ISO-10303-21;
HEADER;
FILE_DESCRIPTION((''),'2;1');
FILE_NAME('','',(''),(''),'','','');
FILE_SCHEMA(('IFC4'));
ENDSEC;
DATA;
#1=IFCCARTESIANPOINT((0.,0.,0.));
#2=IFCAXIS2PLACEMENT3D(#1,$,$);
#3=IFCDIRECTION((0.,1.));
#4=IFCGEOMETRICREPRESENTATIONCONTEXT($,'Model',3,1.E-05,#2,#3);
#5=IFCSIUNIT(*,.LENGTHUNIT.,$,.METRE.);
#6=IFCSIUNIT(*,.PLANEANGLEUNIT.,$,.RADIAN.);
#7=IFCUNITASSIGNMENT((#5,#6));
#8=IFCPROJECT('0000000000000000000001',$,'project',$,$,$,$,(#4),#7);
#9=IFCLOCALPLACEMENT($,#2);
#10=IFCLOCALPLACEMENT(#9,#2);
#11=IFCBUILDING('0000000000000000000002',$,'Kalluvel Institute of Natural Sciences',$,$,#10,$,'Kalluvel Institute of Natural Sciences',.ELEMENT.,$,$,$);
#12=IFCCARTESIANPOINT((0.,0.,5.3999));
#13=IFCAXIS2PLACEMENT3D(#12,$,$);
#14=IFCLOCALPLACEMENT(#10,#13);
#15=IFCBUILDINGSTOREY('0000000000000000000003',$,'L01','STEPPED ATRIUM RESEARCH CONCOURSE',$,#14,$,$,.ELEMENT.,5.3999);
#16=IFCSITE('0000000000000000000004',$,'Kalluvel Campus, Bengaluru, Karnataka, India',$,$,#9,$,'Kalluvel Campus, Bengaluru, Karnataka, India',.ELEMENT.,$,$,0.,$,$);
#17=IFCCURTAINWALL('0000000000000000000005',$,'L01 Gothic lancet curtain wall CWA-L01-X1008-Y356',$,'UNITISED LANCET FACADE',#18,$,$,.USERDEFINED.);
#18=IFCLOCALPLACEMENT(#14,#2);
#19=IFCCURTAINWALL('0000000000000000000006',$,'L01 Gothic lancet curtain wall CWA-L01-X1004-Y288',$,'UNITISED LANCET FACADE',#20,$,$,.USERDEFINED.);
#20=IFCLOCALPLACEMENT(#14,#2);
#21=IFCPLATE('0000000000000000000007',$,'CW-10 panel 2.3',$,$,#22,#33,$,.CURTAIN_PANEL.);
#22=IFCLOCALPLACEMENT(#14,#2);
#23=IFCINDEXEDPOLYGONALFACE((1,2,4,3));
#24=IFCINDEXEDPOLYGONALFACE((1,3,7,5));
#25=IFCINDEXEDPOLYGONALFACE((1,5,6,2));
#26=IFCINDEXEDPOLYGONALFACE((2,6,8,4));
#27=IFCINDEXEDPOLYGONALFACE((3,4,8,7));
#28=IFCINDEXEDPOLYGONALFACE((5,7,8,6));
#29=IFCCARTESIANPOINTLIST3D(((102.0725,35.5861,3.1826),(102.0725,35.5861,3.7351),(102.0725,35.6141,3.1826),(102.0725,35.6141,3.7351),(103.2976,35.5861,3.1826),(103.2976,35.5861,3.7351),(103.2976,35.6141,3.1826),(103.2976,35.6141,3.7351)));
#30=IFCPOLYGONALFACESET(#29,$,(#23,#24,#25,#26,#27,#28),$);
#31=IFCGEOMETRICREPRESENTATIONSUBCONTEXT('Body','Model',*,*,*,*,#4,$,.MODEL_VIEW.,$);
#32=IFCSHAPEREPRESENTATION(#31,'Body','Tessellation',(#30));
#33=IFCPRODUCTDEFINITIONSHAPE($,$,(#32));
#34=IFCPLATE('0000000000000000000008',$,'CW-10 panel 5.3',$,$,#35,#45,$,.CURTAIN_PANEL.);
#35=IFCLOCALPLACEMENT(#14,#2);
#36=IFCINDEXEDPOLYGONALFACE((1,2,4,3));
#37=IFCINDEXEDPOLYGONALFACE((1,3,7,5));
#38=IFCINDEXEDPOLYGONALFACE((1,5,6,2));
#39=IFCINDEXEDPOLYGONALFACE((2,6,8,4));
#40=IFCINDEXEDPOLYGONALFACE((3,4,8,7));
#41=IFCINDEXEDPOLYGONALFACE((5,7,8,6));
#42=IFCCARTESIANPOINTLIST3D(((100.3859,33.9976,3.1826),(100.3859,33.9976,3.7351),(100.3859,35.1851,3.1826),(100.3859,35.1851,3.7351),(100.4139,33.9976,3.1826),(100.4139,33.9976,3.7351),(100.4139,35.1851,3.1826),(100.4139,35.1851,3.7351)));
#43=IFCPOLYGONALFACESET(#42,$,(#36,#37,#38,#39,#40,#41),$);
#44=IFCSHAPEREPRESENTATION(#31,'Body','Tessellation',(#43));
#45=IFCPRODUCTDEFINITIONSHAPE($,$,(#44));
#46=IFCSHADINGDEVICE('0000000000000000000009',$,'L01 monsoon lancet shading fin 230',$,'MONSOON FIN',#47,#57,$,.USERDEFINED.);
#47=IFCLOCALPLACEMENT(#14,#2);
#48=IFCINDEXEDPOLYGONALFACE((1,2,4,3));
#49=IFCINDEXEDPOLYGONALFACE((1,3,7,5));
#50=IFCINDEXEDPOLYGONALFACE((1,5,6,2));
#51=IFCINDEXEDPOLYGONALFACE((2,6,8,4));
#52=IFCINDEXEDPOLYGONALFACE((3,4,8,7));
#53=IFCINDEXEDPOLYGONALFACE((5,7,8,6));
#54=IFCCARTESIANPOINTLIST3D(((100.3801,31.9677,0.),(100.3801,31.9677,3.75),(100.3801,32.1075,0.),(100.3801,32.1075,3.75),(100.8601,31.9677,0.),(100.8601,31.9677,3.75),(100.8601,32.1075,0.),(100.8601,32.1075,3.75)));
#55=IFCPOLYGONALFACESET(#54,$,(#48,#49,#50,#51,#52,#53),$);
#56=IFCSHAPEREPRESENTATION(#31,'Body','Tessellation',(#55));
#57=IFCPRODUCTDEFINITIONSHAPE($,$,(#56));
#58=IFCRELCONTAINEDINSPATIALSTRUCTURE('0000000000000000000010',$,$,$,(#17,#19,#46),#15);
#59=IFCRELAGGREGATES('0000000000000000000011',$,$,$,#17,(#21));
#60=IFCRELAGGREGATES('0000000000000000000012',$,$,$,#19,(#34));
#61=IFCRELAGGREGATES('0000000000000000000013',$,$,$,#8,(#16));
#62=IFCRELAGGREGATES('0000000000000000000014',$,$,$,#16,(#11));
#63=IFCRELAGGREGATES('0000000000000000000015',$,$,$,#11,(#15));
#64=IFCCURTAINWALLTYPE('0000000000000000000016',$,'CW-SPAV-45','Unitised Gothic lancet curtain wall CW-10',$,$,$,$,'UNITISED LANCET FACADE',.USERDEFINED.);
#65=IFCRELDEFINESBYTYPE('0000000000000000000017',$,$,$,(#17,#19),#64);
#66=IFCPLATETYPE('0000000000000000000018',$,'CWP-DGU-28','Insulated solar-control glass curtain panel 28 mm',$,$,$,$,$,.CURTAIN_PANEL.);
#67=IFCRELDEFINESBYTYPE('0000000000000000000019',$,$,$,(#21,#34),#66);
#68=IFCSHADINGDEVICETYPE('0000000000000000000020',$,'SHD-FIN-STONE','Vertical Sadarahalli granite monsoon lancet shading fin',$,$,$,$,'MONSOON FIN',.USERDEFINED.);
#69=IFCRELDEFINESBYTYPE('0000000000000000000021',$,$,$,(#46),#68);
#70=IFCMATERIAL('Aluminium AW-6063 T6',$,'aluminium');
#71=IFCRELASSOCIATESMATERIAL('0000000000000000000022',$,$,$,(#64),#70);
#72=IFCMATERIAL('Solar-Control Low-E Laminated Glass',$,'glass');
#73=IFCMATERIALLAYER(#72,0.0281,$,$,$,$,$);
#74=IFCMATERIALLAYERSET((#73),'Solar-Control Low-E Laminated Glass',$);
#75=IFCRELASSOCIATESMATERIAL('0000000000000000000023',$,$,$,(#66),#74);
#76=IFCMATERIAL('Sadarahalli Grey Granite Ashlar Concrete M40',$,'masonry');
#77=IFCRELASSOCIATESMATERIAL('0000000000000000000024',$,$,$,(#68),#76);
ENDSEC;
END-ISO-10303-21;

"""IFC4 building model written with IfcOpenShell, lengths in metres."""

from ifc_helpers import new_model, si_unit, direction, frame, origin, origin_2d, place, context, subcontext, project, spatial, rectangle, extrude, material, layer, layer_set, type_object, element, aggregate, save


model = new_model("IFC4")

# Units and contexts
model_context = context("Model", 3, precision=1e-05, world=origin(), true_north=direction((0.0, 1.0)))
body_context = subcontext(model_context, "Body", "Model", "MODEL_VIEW")
ifc_project = project(units=[si_unit("LENGTHUNIT", "METRE"), si_unit("PLANEANGLEUNIT", "RADIAN")], contexts=[model_context])

# Site, building, storey
site_placement = place(None, origin())
site = spatial("IfcSite", under=ifc_project, at=site_placement, Name="Kalluvel Campus, Bengaluru, Karnataka, India", LongName="Kalluvel Campus, Bengaluru, Karnataka, India", CompositionType="ELEMENT", RefElevation=0.0)
building_placement = place(site_placement, origin())
building = spatial("IfcBuilding", under=site, at=building_placement, Name="Kalluvel Institute of Natural Sciences", LongName="Kalluvel Institute of Natural Sciences", CompositionType="ELEMENT")
storey_placement = place(building_placement, frame((0.0, 0.0, 5.3999)))
storey = spatial("IfcBuildingStorey", under=building, at=storey_placement, Name="L01", Description="STEPPED ATRIUM RESEARCH CONCOURSE", CompositionType="ELEMENT", Elevation=5.3999)

# Curtain wall
ifc_material_1 = material(Name="Aluminium AW-6063 T6", Category="aluminium")
curtain_wall_type = type_object("IfcCurtainWallType", Name="CW-SPAV-45", Description="Unitised Gothic lancet curtain wall CW-10", ElementType="UNITISED LANCET FACADE", PredefinedType="USERDEFINED", material=ifc_material_1)
curtain_wall_1_placement = place(storey_placement, origin())
curtain_wall_1 = element("IfcCurtainWall", 1, at=curtain_wall_1_placement, inside=storey, type_object=curtain_wall_type, Name="L01 Gothic lancet curtain wall CWA-L01-X1008-Y356", ObjectType="UNITISED LANCET FACADE", PredefinedType="USERDEFINED")

# Curtain wall
curtain_wall_2_placement = place(storey_placement, origin())
curtain_wall_2 = element("IfcCurtainWall", 2, at=curtain_wall_2_placement, inside=storey, type_object=curtain_wall_type, Name="L01 Gothic lancet curtain wall CWA-L01-X1004-Y288", ObjectType="UNITISED LANCET FACADE", PredefinedType="USERDEFINED")

# Plates
ifc_material_2 = material(Name="Solar-Control Low-E Laminated Glass", Category="glass")
ifc_layer = layer(ifc_material_2, 0.0281)
ifc_layer_set = layer_set([ifc_layer], Name="Solar-Control Low-E Laminated Glass")
plate_type = type_object("IfcPlateType", Name="CWP-DGU-28", Description="Insulated solar-control glass curtain panel 28 mm", PredefinedType="CURTAIN_PANEL", material=ifc_layer_set)
plate_1_placement = place(storey_placement, frame((102.6851, 35.6001, 3.1826), z_axis=(0.0, 0.0, 1.0), x_axis=(1.0, 0.0, 0.0)))
plate_1 = element("IfcPlate", 3, at=plate_1_placement, type_object=plate_type, Name="CW-10 panel 2.3", PredefinedType="CURTAIN_PANEL", context=body_context, shape_type="SweptSolid", body=[
    extrude(rectangle(XDim=1.2251, YDim=0.0281, at=origin_2d()), origin(), (0.0, 0.0, 1.0), 0.5525),
])
aggregate(curtain_wall_1, [plate_1])
plate_2_placement = place(storey_placement, frame((100.3999, 34.5913, 3.1826), z_axis=(0.0, 0.0, 1.0), x_axis=(0.0, 1.0, 0.0)))
plate_2 = element("IfcPlate", 4, at=plate_2_placement, type_object=plate_type, Name="CW-10 panel 5.3", PredefinedType="CURTAIN_PANEL", context=body_context, shape_type="SweptSolid", body=[
    extrude(rectangle(XDim=1.1875, YDim=0.0281, at=origin_2d()), origin(), (0.0, 0.0, 1.0), 0.5525),
])
aggregate(curtain_wall_2, [plate_2])

# Shading device
ifc_material_3 = material(Name="Sadarahalli Grey Granite Ashlar Concrete M40", Category="masonry")
shading_device_type = type_object("IfcShadingDeviceType", Name="SHD-FIN-STONE", Description="Vertical Sadarahalli granite monsoon lancet shading fin", ElementType="MONSOON FIN", PredefinedType="USERDEFINED", material=ifc_material_3)
shading_device_placement = place(storey_placement, frame((100.6201, 32.0376, 0.0), z_axis=(0.0, 0.0, 1.0), x_axis=(0.0, 1.0, 0.0)))
element("IfcShadingDevice", 5, at=shading_device_placement, inside=storey, type_object=shading_device_type, Name="L01 monsoon lancet shading fin 230", ObjectType="MONSOON FIN", PredefinedType="USERDEFINED", context=body_context, shape_type="SweptSolid", body=[
    extrude(rectangle(XDim=0.1399, YDim=0.48, at=origin_2d()), origin(), (0.0, 0.0, 1.0), 3.75),
])

save(model, "model.ifc")
